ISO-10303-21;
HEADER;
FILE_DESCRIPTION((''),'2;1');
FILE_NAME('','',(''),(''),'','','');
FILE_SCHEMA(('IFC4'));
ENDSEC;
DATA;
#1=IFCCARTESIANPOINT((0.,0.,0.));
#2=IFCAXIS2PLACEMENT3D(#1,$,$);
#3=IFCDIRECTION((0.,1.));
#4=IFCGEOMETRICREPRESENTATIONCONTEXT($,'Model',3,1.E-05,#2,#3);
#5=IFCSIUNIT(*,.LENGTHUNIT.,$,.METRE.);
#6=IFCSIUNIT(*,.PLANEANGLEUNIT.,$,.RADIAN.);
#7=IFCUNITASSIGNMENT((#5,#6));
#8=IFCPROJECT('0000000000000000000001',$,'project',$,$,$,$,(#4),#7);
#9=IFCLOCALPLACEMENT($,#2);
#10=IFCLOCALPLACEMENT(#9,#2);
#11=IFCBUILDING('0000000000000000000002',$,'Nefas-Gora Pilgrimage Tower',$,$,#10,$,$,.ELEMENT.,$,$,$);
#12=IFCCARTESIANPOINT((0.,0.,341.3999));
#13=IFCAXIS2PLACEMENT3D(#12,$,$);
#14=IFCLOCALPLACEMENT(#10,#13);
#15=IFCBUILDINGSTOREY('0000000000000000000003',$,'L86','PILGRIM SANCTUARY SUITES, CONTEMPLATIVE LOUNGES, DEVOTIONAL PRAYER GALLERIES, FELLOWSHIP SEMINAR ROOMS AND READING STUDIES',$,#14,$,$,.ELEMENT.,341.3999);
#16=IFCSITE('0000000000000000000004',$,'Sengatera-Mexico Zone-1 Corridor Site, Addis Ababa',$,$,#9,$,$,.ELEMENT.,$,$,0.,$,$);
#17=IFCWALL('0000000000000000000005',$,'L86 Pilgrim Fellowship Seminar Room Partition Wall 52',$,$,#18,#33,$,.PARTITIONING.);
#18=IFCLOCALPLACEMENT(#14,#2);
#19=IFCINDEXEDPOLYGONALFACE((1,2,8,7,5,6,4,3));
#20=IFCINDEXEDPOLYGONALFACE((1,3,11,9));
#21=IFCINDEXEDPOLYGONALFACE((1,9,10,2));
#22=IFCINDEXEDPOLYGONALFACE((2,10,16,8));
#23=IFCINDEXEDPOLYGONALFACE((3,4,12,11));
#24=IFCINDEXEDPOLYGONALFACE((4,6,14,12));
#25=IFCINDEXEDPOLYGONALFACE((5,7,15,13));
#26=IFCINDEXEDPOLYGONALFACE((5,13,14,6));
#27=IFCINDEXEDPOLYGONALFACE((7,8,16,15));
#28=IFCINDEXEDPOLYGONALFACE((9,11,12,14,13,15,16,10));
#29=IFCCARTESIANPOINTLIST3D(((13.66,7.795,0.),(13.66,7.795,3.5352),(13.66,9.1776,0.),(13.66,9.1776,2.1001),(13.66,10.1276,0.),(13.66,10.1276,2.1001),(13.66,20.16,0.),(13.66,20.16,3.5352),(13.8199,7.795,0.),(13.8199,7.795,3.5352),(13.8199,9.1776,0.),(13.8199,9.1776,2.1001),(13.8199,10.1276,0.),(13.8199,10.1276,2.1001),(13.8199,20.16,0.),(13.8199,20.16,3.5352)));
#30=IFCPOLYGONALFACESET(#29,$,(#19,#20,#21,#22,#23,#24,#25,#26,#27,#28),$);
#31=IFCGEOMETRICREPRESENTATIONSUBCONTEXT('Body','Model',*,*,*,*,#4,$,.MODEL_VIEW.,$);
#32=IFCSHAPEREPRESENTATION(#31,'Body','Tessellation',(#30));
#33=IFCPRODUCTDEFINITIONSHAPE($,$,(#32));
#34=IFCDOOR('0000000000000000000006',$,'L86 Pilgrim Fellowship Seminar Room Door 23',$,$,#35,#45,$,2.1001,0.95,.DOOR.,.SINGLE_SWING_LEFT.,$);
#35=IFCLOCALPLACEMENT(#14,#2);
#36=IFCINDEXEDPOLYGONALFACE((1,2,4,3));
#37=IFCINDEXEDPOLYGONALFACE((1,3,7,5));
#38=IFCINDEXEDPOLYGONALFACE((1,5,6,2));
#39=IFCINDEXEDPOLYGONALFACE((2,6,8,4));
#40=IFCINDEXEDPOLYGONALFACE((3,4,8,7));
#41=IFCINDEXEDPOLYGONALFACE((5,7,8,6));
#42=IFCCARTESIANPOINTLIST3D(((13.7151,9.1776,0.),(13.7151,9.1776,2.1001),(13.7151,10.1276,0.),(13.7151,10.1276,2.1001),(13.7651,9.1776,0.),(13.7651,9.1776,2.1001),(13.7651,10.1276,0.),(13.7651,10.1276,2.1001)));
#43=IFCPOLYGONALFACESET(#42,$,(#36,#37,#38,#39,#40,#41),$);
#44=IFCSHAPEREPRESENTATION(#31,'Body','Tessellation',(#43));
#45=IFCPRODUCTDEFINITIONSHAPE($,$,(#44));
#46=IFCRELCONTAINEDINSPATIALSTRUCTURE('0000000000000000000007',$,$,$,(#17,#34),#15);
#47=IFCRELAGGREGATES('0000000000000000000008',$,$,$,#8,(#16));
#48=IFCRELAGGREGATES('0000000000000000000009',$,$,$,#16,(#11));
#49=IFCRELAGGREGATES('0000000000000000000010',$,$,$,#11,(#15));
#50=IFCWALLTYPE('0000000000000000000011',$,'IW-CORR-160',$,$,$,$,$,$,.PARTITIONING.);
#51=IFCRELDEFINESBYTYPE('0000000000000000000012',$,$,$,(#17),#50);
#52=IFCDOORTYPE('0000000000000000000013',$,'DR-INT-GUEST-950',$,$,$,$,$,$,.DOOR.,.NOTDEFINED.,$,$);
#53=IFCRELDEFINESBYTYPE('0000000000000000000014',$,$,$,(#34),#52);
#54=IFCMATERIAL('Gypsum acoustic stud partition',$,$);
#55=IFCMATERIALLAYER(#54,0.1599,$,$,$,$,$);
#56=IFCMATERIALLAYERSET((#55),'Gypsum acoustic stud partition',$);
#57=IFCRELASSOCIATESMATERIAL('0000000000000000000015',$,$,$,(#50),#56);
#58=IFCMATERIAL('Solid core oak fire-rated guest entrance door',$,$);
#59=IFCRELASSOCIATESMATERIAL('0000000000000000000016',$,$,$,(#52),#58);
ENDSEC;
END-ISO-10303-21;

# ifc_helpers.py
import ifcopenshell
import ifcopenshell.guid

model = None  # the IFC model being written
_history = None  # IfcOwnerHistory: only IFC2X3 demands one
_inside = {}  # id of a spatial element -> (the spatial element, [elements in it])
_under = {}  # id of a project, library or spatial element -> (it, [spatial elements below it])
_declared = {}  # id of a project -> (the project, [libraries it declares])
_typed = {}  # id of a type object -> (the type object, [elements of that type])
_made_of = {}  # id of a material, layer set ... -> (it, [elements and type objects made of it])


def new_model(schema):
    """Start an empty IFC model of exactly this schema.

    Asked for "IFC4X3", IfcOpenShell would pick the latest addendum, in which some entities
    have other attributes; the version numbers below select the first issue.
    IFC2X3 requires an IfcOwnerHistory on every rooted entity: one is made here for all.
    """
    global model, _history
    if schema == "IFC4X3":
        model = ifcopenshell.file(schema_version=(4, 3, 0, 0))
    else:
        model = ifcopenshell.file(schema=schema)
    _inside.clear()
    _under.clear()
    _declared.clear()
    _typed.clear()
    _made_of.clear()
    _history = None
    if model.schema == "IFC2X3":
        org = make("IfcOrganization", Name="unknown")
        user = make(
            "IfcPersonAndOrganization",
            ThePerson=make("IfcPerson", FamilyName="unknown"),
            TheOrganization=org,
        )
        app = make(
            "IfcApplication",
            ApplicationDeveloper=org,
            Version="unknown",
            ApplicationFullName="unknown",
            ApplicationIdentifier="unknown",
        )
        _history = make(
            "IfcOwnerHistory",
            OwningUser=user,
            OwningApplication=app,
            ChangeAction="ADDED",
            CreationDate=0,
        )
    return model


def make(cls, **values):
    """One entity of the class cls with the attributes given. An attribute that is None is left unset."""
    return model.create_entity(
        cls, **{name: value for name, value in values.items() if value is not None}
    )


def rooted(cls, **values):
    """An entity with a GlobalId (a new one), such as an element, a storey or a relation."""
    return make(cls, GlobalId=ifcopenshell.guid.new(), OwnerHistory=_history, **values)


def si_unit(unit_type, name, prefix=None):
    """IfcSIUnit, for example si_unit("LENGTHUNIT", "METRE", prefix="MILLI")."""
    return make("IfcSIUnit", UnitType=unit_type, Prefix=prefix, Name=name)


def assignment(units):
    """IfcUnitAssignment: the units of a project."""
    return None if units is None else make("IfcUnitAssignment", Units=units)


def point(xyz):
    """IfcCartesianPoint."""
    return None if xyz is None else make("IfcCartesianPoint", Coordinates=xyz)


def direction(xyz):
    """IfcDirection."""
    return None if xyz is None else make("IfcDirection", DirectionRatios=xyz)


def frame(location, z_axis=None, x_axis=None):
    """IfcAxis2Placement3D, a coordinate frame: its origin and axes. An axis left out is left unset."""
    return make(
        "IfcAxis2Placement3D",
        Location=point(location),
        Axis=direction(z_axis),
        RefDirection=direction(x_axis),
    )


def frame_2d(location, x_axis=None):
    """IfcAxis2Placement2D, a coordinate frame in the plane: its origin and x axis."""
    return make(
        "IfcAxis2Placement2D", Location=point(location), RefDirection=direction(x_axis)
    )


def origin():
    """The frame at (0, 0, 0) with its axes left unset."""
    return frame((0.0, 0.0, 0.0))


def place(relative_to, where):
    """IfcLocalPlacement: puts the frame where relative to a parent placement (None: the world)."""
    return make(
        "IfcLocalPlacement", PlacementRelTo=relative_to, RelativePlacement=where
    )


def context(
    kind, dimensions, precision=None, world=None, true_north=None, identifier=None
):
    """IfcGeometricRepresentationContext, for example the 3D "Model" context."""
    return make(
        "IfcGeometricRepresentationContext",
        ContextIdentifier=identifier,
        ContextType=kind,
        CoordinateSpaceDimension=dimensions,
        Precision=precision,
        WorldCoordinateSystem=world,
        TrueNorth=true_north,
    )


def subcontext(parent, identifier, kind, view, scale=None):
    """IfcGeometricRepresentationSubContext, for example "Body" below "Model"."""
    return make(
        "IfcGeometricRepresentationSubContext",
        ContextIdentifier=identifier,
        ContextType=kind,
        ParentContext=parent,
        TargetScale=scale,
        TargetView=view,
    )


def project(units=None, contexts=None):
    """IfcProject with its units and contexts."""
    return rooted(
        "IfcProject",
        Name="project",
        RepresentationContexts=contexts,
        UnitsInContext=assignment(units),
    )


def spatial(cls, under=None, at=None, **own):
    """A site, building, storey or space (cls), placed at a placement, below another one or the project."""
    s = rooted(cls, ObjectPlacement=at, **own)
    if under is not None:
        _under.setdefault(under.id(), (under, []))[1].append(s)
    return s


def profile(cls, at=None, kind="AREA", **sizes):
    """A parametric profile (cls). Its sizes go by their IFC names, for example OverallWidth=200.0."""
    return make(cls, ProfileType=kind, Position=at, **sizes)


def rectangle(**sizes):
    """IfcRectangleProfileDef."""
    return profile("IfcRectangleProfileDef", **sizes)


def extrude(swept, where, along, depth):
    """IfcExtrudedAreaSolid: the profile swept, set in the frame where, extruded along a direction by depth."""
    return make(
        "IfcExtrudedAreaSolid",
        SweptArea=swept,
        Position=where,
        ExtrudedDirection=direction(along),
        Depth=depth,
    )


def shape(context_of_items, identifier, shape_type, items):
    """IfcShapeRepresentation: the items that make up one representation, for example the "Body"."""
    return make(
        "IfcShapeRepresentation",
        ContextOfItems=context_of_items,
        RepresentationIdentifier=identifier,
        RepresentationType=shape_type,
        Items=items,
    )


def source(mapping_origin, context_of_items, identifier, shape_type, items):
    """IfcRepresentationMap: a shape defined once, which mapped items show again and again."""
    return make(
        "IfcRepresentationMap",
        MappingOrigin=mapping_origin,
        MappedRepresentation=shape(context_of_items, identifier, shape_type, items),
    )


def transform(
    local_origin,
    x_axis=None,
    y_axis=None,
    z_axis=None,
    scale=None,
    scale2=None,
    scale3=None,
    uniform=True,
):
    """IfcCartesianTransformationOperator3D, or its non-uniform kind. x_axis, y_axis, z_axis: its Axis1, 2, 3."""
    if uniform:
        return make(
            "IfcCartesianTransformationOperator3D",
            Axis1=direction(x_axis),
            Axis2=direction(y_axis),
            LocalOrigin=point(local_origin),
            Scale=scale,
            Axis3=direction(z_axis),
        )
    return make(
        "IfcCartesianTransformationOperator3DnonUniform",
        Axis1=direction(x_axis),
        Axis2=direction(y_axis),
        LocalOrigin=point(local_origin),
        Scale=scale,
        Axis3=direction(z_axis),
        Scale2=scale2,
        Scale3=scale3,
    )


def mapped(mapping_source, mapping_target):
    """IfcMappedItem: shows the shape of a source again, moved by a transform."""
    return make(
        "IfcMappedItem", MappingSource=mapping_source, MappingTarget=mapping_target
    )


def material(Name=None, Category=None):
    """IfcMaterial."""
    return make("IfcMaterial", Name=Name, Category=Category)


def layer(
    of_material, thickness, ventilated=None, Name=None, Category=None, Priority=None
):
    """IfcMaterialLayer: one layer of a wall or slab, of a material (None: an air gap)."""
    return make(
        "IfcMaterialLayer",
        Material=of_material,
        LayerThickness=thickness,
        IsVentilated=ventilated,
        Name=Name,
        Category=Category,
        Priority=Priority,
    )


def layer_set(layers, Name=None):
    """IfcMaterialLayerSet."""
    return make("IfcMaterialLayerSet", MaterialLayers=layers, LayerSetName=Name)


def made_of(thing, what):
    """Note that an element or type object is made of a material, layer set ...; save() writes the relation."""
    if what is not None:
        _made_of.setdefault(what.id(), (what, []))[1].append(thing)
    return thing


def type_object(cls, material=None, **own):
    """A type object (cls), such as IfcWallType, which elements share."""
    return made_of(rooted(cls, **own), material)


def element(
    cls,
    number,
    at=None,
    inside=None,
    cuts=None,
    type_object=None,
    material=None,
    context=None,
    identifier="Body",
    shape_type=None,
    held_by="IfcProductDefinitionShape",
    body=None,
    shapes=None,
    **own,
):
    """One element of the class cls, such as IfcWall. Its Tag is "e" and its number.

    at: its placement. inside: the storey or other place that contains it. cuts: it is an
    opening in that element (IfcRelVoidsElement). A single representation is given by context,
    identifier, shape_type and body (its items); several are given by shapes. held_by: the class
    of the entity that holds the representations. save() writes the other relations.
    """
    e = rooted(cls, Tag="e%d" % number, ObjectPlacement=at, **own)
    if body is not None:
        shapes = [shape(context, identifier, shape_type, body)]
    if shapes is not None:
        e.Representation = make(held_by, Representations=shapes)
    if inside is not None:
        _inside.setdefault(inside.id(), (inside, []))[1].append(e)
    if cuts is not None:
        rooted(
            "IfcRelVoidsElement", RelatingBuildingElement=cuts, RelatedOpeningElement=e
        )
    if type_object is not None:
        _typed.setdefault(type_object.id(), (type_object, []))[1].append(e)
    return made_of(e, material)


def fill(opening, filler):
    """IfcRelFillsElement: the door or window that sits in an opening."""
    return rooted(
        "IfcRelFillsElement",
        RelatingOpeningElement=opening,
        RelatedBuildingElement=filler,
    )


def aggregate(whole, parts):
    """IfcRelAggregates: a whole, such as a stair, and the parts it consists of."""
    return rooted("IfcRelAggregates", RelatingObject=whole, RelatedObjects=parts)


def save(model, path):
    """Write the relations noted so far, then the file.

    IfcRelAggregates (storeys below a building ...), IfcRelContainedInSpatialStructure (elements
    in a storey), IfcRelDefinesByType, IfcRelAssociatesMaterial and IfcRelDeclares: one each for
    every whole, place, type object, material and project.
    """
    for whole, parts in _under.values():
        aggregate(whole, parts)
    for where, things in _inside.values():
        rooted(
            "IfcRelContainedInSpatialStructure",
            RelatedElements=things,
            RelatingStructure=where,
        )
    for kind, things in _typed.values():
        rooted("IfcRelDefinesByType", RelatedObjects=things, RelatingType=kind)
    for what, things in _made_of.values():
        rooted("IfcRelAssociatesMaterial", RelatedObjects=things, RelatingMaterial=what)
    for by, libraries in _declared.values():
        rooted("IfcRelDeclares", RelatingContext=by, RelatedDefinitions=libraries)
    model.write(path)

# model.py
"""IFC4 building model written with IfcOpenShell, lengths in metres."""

from ifc_helpers import new_model, si_unit, direction, frame, frame_2d, origin, place, context, subcontext, project, spatial, rectangle, extrude, source, transform, mapped, material, layer, layer_set, type_object, element, fill, save


model = new_model("IFC4")

# Units and contexts
model_context = context("Model", 3, precision=1e-05, world=origin(), true_north=direction((0.0, 1.0)))
body_context = subcontext(model_context, "Body", "Model", "MODEL_VIEW")
ifc_project = project(units=[si_unit("LENGTHUNIT", "METRE"), si_unit("PLANEANGLEUNIT", "RADIAN")], contexts=[model_context])

# Site, building, storey
site_placement = place(None, origin())
site = spatial("IfcSite", under=ifc_project, at=site_placement, Name="Sengatera-Mexico Zone-1 Corridor Site, Addis Ababa", CompositionType="ELEMENT", RefElevation=0.0)
building_placement = place(site_placement, origin())
building = spatial("IfcBuilding", under=site, at=building_placement, Name="Nefas-Gora Pilgrimage Tower", CompositionType="ELEMENT")
storey_placement = place(building_placement, frame((0.0, 0.0, 341.3999)))
storey = spatial("IfcBuildingStorey", under=building, at=storey_placement, Name="L86", Description="PILGRIM SANCTUARY SUITES, CONTEMPLATIVE LOUNGES, DEVOTIONAL PRAYER GALLERIES, FELLOWSHIP SEMINAR ROOMS AND READING STUDIES", CompositionType="ELEMENT", Elevation=341.3999)

# Wall, opening, door
ifc_material_1 = material(Name="Gypsum acoustic stud partition")
ifc_layer_1 = layer(ifc_material_1, 0.1599)
ifc_layer_set_1 = layer_set([ifc_layer_1], Name="Gypsum acoustic stud partition")
wall_type_1 = type_object("IfcWallType", Name="IW-CORR-160", PredefinedType="PARTITIONING", material=ifc_layer_set_1)
shared_shape_1 = source(origin(), body_context, "Body", "SweptSolid", [
    extrude(rectangle(XDim=12.365, YDim=0.1599, at=frame_2d((6.1826, 0.0))), origin(), (0.0, 0.0, 1.0), 3.5352),
])
wall_1_placement = place(storey_placement, frame((13.74, 7.7949, 0.0), z_axis=(0.0, 0.0, 1.0), x_axis=(0.0, 1.0, 0.0)))
wall_1 = element("IfcWall", 1, at=wall_1_placement, inside=storey, type_object=wall_type_1, Name="L86 Pilgrim Fellowship Seminar Room Partition Wall 52", PredefinedType="PARTITIONING", context=body_context, shape_type="MappedRepresentation", body=[
    mapped(shared_shape_1, transform((0.0, 0.0, 0.0), x_axis=(1.0, 0.0, 0.0), y_axis=(0.0, 1.0, 0.0), z_axis=(0.0, 0.0, 1.0), scale=1.0)),
])
opening_placement = place(wall_1_placement, frame((1.3826, 0.0, 0.0)))
opening = element("IfcOpeningElement", 2, at=opening_placement, cuts=wall_1, PredefinedType="OPENING", context=body_context, shape_type="SweptSolid", body=[
    extrude(rectangle(XDim=0.95, YDim=2.1001, at=frame_2d((0.4751, 1.05))), frame((0.0, 0.0898, 0.0), z_axis=(0.0, -1.0, 0.0), x_axis=(1.0, 0.0, 0.0)), (0.0, 0.0, 1.0), 0.1799),
])
ifc_material_2 = material(Name="Solid core oak fire-rated guest entrance door")
door_type = type_object("IfcDoorType", Name="DR-INT-GUEST-950", OperationType="NOTDEFINED", PredefinedType="DOOR", material=ifc_material_2)
shared_shape_2 = source(origin(), body_context, "Body", "SweptSolid", [
    extrude(rectangle(XDim=0.95, YDim=2.1001, at=frame_2d((0.4751, 1.05))), frame((0.0, 0.0249, 0.0), z_axis=(0.0, -1.0, 0.0), x_axis=(1.0, 0.0, 0.0)), (0.0, 0.0, 1.0), 0.05),
])
door_placement = place(opening_placement, origin())
door = element("IfcDoor", 3, at=door_placement, inside=storey, type_object=door_type, Name="L86 Pilgrim Fellowship Seminar Room Door 23", OperationType="SINGLE_SWING_LEFT", OverallHeight=2.1001, OverallWidth=0.95, PredefinedType="DOOR", context=body_context, shape_type="MappedRepresentation", body=[
    mapped(shared_shape_2, transform((0.0, 0.0, 0.0), x_axis=(1.0, 0.0, 0.0), y_axis=(0.0, 1.0, 0.0), z_axis=(0.0, 0.0, 1.0), scale=1.0)),
])
fill(opening, door)

save(model, "model.ifc")
